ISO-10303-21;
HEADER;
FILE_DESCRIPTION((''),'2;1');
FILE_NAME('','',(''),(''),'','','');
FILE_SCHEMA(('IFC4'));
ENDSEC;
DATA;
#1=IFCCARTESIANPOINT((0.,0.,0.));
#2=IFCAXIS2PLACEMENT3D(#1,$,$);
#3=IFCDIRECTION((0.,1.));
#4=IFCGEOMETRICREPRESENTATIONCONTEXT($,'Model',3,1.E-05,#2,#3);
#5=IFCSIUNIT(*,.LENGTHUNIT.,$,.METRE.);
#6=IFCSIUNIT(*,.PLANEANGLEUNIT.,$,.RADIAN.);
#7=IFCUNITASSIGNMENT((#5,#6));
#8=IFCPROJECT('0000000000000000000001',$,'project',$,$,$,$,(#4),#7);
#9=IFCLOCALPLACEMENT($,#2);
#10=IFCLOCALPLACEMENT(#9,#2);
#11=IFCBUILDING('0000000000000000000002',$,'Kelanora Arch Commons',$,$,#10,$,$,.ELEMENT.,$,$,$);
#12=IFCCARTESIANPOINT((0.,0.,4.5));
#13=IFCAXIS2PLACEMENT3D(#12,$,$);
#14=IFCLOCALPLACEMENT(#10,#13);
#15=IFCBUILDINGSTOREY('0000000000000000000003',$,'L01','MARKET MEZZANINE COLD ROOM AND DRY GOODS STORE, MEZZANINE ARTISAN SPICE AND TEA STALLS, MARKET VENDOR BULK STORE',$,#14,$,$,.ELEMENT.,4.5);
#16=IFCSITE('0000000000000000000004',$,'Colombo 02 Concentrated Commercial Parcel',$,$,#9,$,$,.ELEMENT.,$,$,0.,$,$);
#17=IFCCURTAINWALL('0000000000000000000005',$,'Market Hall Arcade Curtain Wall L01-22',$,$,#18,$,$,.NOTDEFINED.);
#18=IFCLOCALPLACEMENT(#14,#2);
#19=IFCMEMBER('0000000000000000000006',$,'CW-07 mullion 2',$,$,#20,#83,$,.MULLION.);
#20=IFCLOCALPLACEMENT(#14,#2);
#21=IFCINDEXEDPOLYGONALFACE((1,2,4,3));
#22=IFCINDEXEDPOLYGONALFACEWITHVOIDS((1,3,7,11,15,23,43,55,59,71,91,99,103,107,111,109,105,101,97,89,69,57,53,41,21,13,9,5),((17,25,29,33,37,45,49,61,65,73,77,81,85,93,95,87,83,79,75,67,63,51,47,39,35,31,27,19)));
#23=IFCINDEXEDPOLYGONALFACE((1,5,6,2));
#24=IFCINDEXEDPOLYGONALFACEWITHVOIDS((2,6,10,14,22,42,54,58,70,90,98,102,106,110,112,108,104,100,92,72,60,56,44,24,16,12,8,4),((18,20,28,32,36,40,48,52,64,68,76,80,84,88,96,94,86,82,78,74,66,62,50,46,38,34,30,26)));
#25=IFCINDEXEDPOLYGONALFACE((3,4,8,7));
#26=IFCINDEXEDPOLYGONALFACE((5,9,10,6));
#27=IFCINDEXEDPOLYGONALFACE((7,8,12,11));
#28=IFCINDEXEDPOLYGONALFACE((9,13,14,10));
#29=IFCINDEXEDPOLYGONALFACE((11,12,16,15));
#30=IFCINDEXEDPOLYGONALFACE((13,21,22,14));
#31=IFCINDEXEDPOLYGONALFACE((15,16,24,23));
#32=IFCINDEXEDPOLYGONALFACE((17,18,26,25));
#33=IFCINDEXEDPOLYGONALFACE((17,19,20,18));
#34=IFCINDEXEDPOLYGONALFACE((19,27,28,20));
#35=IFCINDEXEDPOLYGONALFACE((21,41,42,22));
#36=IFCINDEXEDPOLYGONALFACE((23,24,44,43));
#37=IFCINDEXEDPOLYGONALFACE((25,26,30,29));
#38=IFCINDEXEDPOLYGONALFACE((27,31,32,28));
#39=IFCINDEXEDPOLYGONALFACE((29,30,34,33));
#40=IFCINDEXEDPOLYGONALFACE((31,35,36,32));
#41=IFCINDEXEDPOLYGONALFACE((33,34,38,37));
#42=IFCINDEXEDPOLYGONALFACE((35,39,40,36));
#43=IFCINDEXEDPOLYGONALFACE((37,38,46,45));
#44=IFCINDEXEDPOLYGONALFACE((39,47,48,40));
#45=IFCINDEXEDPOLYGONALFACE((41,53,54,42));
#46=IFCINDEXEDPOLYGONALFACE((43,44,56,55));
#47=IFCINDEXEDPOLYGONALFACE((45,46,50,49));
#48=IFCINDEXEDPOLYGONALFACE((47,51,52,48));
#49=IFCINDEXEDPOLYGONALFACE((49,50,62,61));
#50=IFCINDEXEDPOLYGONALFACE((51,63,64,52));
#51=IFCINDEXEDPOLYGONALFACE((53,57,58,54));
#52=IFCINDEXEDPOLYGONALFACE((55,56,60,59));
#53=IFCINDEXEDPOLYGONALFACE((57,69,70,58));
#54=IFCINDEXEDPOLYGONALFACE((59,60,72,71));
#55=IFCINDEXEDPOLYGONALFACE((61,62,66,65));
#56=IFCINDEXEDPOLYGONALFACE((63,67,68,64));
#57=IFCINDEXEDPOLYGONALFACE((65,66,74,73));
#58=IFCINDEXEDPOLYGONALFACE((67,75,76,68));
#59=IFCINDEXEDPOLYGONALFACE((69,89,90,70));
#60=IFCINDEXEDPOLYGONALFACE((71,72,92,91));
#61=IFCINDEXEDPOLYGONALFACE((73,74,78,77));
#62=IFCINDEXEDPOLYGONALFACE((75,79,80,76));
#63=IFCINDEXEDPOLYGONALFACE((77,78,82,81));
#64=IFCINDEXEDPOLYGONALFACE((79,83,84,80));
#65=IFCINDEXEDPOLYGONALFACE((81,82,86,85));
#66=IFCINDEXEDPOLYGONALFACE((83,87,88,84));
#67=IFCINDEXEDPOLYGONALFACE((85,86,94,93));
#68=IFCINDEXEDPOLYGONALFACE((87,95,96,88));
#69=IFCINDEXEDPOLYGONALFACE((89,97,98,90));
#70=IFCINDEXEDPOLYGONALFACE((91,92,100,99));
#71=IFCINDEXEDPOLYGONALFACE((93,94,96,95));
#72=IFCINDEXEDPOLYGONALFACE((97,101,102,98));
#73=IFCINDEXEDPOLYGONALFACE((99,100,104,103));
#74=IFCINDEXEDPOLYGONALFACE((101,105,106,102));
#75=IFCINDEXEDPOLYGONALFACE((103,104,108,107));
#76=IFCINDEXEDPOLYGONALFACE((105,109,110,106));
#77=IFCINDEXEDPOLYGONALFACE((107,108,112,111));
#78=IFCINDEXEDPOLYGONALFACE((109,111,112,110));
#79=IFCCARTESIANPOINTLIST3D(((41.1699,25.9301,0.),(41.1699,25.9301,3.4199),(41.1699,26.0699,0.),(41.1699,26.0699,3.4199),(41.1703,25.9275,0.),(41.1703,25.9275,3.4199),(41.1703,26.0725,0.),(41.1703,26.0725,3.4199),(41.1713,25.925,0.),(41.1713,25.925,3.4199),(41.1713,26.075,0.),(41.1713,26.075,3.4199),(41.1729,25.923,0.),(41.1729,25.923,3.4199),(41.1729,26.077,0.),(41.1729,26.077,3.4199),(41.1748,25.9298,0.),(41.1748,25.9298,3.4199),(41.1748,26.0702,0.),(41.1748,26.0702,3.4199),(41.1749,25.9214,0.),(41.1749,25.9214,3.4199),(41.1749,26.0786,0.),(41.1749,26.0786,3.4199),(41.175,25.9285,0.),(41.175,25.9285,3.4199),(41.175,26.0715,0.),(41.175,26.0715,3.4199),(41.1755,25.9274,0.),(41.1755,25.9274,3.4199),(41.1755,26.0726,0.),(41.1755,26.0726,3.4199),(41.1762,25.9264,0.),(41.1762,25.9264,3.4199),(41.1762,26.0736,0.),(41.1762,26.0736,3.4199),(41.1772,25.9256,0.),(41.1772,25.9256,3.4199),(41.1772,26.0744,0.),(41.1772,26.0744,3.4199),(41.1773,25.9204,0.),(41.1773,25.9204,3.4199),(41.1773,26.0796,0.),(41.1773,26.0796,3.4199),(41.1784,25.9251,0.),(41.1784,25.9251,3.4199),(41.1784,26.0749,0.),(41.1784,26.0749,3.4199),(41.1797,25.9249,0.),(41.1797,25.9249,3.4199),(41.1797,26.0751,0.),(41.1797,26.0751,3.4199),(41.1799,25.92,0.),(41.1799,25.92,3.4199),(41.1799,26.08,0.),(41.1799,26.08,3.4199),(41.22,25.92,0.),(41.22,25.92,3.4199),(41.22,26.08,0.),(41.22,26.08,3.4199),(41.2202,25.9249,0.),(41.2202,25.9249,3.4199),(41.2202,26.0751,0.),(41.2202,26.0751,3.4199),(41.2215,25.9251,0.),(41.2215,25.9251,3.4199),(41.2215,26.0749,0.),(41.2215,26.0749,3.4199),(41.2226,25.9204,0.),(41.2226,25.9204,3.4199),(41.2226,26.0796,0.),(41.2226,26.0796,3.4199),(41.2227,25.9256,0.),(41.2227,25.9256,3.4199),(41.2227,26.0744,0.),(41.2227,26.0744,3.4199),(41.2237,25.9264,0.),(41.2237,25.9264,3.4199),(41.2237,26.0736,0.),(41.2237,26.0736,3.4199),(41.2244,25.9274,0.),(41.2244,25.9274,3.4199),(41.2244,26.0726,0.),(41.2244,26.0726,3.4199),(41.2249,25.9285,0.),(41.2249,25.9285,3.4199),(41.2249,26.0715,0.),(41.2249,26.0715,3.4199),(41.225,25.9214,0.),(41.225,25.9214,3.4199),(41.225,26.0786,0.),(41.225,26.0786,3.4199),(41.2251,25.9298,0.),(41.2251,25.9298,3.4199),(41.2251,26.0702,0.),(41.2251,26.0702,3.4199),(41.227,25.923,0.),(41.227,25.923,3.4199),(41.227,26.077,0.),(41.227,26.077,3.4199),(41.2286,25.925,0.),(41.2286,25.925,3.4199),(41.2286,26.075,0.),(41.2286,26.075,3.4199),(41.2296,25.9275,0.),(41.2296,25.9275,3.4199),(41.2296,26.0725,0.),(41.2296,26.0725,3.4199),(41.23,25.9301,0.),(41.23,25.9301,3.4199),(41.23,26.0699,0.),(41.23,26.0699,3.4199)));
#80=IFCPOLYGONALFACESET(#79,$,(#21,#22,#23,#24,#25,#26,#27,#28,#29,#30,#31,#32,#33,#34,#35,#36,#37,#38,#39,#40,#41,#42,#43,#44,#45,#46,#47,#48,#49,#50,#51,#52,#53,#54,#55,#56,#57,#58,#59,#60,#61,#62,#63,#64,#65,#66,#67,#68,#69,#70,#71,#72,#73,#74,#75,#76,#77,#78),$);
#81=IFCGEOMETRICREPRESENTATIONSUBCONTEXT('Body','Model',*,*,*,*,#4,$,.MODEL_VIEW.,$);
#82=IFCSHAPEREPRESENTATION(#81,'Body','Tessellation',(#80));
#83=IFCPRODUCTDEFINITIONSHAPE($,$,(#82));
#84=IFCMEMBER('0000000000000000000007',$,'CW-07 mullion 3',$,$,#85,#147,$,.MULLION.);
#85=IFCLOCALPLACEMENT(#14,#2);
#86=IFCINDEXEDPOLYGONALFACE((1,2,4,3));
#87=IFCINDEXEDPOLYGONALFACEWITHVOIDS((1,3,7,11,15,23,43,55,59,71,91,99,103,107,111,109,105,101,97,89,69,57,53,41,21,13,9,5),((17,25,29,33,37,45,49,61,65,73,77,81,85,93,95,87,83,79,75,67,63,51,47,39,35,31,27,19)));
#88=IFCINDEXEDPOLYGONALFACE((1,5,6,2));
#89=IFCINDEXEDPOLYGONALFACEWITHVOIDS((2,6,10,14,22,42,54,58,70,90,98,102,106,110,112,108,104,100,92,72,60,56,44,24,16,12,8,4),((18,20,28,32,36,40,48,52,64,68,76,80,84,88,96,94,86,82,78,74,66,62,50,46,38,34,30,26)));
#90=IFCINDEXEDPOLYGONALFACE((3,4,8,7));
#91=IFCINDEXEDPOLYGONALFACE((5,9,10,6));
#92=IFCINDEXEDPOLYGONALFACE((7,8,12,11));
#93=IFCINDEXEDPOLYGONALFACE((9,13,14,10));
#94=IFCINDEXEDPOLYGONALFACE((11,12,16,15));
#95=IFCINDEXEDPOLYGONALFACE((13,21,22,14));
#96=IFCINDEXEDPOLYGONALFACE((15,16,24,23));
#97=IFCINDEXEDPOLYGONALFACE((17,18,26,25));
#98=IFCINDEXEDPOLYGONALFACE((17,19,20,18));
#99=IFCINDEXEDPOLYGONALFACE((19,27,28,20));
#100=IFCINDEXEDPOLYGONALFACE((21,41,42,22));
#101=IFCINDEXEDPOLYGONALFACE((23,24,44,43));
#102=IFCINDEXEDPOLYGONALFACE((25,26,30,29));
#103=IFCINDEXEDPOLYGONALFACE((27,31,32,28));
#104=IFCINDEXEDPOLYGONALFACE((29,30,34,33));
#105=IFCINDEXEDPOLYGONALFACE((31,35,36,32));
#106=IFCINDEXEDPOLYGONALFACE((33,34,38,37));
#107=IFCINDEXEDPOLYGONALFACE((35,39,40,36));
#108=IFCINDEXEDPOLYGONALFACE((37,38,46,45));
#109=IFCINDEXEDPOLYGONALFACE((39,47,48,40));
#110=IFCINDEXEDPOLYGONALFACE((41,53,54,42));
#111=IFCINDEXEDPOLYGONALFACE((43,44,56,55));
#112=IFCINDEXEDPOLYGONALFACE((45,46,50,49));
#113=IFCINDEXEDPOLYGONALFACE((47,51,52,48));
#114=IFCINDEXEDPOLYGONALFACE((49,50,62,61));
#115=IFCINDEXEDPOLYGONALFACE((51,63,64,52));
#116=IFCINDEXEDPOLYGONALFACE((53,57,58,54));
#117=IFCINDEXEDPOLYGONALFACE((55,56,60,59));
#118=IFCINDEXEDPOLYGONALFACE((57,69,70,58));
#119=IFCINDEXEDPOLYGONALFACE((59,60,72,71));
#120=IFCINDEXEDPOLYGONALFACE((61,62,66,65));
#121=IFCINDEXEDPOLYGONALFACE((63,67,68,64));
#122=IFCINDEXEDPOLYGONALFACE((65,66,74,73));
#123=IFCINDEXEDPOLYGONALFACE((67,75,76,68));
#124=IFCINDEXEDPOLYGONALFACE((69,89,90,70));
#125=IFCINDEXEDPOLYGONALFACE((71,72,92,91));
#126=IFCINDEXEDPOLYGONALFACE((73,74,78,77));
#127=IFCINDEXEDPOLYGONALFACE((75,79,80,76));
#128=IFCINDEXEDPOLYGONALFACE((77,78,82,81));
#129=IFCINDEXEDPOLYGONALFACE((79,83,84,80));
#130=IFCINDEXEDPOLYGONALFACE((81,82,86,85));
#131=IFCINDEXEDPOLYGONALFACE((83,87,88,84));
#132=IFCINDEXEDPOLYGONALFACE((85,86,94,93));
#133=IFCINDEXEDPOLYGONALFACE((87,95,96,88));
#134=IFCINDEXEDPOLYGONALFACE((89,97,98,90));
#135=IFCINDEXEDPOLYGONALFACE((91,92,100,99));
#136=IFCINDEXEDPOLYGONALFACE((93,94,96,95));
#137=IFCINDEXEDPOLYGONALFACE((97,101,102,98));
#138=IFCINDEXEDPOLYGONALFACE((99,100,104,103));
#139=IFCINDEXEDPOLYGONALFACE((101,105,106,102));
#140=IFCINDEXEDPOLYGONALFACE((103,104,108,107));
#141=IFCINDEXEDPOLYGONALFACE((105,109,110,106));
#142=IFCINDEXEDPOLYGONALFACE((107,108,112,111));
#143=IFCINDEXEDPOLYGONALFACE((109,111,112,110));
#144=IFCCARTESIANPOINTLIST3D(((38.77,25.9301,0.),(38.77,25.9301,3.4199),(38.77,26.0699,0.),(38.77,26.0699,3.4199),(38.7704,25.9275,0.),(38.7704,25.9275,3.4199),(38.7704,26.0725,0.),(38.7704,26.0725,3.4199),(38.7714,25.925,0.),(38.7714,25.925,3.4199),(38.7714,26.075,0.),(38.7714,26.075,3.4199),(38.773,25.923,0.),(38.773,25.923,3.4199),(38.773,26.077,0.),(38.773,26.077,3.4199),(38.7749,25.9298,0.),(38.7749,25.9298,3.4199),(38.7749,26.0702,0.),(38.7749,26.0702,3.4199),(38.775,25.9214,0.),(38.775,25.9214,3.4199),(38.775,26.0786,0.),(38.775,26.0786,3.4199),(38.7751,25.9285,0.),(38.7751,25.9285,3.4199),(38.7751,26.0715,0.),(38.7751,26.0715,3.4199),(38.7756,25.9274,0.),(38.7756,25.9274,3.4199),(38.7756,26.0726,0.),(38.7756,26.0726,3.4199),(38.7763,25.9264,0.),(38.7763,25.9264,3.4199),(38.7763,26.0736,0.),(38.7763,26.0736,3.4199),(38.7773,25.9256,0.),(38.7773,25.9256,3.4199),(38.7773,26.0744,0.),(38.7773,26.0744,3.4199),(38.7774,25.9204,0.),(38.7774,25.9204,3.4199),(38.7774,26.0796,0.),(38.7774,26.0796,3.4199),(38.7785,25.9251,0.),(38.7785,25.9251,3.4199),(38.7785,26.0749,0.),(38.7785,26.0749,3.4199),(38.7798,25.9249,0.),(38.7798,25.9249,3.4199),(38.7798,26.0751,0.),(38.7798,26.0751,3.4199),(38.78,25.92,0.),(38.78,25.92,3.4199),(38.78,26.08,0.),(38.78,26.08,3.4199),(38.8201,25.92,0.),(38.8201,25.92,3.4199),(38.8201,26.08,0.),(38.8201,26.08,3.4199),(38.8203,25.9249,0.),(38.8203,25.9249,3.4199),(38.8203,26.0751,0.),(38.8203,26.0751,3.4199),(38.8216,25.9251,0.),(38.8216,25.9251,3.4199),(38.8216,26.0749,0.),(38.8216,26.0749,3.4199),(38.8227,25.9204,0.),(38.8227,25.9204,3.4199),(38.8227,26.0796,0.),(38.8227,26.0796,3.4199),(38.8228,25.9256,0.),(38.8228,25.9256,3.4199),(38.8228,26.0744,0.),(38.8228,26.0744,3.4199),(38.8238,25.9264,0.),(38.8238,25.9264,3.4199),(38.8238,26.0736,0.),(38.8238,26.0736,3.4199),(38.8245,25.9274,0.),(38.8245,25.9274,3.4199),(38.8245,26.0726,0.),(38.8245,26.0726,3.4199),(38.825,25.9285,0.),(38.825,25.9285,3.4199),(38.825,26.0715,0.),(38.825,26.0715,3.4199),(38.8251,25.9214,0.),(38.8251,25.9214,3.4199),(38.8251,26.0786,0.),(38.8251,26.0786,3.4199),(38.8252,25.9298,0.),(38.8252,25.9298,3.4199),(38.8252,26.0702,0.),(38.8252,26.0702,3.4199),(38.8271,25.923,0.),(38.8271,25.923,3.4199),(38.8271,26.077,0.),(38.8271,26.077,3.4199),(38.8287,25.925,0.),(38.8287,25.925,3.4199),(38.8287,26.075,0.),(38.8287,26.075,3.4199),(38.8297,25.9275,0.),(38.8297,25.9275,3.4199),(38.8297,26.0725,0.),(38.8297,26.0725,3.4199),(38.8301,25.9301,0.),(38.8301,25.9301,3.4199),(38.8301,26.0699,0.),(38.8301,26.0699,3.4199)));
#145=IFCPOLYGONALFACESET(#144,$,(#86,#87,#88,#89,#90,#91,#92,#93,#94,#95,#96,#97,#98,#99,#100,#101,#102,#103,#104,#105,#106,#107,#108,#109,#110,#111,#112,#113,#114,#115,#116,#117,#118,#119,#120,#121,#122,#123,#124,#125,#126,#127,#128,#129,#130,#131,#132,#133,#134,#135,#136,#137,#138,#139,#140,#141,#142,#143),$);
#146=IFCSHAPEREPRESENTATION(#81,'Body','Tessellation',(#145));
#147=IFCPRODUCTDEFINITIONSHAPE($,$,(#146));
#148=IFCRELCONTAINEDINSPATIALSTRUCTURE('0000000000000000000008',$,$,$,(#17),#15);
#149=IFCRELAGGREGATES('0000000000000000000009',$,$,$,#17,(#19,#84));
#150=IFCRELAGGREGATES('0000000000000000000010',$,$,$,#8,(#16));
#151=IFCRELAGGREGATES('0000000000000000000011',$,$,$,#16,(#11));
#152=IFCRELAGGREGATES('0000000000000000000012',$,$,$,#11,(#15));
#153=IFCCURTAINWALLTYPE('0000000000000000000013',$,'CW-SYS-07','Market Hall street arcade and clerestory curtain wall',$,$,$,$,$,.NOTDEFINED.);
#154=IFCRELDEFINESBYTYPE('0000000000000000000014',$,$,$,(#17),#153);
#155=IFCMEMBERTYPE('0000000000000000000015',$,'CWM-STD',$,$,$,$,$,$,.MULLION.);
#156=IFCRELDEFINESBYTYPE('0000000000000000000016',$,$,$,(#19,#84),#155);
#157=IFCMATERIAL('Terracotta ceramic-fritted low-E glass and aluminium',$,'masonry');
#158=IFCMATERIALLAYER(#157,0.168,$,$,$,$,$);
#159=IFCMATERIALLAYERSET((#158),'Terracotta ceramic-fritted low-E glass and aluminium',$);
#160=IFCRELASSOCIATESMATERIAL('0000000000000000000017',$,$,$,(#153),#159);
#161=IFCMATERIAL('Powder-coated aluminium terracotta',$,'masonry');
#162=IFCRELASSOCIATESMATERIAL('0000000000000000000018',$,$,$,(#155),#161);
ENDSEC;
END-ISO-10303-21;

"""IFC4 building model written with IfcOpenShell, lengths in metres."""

from ifc_helpers import new_model, si_unit, direction, frame, origin, origin_2d, place, context, subcontext, project, spatial, hollow_rectangle, extrude, material, layer, layer_set, material_profile, profile_set, type_object, element, aggregate, save


model = new_model("IFC4")

# Units and contexts
model_context = context("Model", 3, precision=1e-05, world=origin(), true_north=direction((0.0, 1.0)))
body_context = subcontext(model_context, "Body", "Model", "MODEL_VIEW")
ifc_project = project(units=[si_unit("LENGTHUNIT", "METRE"), si_unit("PLANEANGLEUNIT", "RADIAN")], contexts=[model_context])

# Site, building, storey
site_placement = place(None, origin())
site = spatial("IfcSite", under=ifc_project, at=site_placement, Name="Colombo 02 Concentrated Commercial Parcel", CompositionType="ELEMENT", RefElevation=0.0)
building_placement = place(site_placement, origin())
building = spatial("IfcBuilding", under=site, at=building_placement, Name="Kelanora Arch Commons", CompositionType="ELEMENT")
storey_placement = place(building_placement, frame((0.0, 0.0, 4.5)))
storey = spatial("IfcBuildingStorey", under=building, at=storey_placement, Name="L01", Description="MARKET MEZZANINE COLD ROOM AND DRY GOODS STORE, MEZZANINE ARTISAN SPICE AND TEA STALLS, MARKET VENDOR BULK STORE", CompositionType="ELEMENT", Elevation=4.5)

# Curtain wall, members
ifc_material_1 = material(Name="Terracotta ceramic-fritted low-E glass and aluminium", Category="masonry")
ifc_layer_1 = layer(ifc_material_1, 0.168)
ifc_layer_set_1 = layer_set([ifc_layer_1], Name="Terracotta ceramic-fritted low-E glass and aluminium")
curtain_wall_type = type_object("IfcCurtainWallType", Name="CW-SYS-07", Description="Market Hall street arcade and clerestory curtain wall", PredefinedType="NOTDEFINED", material=ifc_layer_set_1)
curtain_wall_placement = place(storey_placement, origin())
curtain_wall = element("IfcCurtainWall", 1, at=curtain_wall_placement, inside=storey, type_object=curtain_wall_type, Name="Market Hall Arcade Curtain Wall L01-22", PredefinedType="NOTDEFINED")
ifc_material_2 = material(Name="Powder-coated aluminium terracotta", Category="masonry")
ifc_material_profile_1 = material_profile(ifc_material_2, hollow_rectangle(XDim=0.1599, YDim=0.0601, WallThickness=0.0049, InnerFilletRadius=0.0049, OuterFilletRadius=0.01, at=origin_2d()), Name="CWM160x60")
ifc_profile_set_1 = profile_set([ifc_material_profile_1], Name="Powder-coated aluminium terracotta")
member_type_1 = type_object("IfcMemberType", Name="CWM-STD", PredefinedType="MULLION", material=ifc_profile_set_1)
member_1_placement = place(storey_placement, frame((41.2, 26.0, 0.0), z_axis=(0.0, 0.0, 1.0), x_axis=(0.0, -1.0, 0.0)))
member_1 = element("IfcMember", 2, at=member_1_placement, type_object=member_type_1, Name="CW-07 mullion 2", PredefinedType="MULLION", context=body_context, shape_type="SweptSolid", body=[
    extrude(hollow_rectangle(XDim=0.1599, YDim=0.0601, WallThickness=0.0049, InnerFilletRadius=0.0049, OuterFilletRadius=0.01, at=origin_2d()), origin(), (0.0, 0.0, 1.0), 3.4199),
])
member_2_placement = place(storey_placement, frame((38.8, 26.0, 0.0), z_axis=(0.0, 0.0, 1.0), x_axis=(0.0, -1.0, 0.0)))
member_2 = element("IfcMember", 3, at=member_2_placement, type_object=member_type_1, Name="CW-07 mullion 3", PredefinedType="MULLION", context=body_context, shape_type="SweptSolid", body=[
    extrude(hollow_rectangle(XDim=0.1599, YDim=0.0601, WallThickness=0.0049, InnerFilletRadius=0.0049, OuterFilletRadius=0.01, at=origin_2d()), origin(), (0.0, 0.0, 1.0), 3.4199),
])
aggregate(curtain_wall, [member_1, member_2])

save(model, "model.ifc")
